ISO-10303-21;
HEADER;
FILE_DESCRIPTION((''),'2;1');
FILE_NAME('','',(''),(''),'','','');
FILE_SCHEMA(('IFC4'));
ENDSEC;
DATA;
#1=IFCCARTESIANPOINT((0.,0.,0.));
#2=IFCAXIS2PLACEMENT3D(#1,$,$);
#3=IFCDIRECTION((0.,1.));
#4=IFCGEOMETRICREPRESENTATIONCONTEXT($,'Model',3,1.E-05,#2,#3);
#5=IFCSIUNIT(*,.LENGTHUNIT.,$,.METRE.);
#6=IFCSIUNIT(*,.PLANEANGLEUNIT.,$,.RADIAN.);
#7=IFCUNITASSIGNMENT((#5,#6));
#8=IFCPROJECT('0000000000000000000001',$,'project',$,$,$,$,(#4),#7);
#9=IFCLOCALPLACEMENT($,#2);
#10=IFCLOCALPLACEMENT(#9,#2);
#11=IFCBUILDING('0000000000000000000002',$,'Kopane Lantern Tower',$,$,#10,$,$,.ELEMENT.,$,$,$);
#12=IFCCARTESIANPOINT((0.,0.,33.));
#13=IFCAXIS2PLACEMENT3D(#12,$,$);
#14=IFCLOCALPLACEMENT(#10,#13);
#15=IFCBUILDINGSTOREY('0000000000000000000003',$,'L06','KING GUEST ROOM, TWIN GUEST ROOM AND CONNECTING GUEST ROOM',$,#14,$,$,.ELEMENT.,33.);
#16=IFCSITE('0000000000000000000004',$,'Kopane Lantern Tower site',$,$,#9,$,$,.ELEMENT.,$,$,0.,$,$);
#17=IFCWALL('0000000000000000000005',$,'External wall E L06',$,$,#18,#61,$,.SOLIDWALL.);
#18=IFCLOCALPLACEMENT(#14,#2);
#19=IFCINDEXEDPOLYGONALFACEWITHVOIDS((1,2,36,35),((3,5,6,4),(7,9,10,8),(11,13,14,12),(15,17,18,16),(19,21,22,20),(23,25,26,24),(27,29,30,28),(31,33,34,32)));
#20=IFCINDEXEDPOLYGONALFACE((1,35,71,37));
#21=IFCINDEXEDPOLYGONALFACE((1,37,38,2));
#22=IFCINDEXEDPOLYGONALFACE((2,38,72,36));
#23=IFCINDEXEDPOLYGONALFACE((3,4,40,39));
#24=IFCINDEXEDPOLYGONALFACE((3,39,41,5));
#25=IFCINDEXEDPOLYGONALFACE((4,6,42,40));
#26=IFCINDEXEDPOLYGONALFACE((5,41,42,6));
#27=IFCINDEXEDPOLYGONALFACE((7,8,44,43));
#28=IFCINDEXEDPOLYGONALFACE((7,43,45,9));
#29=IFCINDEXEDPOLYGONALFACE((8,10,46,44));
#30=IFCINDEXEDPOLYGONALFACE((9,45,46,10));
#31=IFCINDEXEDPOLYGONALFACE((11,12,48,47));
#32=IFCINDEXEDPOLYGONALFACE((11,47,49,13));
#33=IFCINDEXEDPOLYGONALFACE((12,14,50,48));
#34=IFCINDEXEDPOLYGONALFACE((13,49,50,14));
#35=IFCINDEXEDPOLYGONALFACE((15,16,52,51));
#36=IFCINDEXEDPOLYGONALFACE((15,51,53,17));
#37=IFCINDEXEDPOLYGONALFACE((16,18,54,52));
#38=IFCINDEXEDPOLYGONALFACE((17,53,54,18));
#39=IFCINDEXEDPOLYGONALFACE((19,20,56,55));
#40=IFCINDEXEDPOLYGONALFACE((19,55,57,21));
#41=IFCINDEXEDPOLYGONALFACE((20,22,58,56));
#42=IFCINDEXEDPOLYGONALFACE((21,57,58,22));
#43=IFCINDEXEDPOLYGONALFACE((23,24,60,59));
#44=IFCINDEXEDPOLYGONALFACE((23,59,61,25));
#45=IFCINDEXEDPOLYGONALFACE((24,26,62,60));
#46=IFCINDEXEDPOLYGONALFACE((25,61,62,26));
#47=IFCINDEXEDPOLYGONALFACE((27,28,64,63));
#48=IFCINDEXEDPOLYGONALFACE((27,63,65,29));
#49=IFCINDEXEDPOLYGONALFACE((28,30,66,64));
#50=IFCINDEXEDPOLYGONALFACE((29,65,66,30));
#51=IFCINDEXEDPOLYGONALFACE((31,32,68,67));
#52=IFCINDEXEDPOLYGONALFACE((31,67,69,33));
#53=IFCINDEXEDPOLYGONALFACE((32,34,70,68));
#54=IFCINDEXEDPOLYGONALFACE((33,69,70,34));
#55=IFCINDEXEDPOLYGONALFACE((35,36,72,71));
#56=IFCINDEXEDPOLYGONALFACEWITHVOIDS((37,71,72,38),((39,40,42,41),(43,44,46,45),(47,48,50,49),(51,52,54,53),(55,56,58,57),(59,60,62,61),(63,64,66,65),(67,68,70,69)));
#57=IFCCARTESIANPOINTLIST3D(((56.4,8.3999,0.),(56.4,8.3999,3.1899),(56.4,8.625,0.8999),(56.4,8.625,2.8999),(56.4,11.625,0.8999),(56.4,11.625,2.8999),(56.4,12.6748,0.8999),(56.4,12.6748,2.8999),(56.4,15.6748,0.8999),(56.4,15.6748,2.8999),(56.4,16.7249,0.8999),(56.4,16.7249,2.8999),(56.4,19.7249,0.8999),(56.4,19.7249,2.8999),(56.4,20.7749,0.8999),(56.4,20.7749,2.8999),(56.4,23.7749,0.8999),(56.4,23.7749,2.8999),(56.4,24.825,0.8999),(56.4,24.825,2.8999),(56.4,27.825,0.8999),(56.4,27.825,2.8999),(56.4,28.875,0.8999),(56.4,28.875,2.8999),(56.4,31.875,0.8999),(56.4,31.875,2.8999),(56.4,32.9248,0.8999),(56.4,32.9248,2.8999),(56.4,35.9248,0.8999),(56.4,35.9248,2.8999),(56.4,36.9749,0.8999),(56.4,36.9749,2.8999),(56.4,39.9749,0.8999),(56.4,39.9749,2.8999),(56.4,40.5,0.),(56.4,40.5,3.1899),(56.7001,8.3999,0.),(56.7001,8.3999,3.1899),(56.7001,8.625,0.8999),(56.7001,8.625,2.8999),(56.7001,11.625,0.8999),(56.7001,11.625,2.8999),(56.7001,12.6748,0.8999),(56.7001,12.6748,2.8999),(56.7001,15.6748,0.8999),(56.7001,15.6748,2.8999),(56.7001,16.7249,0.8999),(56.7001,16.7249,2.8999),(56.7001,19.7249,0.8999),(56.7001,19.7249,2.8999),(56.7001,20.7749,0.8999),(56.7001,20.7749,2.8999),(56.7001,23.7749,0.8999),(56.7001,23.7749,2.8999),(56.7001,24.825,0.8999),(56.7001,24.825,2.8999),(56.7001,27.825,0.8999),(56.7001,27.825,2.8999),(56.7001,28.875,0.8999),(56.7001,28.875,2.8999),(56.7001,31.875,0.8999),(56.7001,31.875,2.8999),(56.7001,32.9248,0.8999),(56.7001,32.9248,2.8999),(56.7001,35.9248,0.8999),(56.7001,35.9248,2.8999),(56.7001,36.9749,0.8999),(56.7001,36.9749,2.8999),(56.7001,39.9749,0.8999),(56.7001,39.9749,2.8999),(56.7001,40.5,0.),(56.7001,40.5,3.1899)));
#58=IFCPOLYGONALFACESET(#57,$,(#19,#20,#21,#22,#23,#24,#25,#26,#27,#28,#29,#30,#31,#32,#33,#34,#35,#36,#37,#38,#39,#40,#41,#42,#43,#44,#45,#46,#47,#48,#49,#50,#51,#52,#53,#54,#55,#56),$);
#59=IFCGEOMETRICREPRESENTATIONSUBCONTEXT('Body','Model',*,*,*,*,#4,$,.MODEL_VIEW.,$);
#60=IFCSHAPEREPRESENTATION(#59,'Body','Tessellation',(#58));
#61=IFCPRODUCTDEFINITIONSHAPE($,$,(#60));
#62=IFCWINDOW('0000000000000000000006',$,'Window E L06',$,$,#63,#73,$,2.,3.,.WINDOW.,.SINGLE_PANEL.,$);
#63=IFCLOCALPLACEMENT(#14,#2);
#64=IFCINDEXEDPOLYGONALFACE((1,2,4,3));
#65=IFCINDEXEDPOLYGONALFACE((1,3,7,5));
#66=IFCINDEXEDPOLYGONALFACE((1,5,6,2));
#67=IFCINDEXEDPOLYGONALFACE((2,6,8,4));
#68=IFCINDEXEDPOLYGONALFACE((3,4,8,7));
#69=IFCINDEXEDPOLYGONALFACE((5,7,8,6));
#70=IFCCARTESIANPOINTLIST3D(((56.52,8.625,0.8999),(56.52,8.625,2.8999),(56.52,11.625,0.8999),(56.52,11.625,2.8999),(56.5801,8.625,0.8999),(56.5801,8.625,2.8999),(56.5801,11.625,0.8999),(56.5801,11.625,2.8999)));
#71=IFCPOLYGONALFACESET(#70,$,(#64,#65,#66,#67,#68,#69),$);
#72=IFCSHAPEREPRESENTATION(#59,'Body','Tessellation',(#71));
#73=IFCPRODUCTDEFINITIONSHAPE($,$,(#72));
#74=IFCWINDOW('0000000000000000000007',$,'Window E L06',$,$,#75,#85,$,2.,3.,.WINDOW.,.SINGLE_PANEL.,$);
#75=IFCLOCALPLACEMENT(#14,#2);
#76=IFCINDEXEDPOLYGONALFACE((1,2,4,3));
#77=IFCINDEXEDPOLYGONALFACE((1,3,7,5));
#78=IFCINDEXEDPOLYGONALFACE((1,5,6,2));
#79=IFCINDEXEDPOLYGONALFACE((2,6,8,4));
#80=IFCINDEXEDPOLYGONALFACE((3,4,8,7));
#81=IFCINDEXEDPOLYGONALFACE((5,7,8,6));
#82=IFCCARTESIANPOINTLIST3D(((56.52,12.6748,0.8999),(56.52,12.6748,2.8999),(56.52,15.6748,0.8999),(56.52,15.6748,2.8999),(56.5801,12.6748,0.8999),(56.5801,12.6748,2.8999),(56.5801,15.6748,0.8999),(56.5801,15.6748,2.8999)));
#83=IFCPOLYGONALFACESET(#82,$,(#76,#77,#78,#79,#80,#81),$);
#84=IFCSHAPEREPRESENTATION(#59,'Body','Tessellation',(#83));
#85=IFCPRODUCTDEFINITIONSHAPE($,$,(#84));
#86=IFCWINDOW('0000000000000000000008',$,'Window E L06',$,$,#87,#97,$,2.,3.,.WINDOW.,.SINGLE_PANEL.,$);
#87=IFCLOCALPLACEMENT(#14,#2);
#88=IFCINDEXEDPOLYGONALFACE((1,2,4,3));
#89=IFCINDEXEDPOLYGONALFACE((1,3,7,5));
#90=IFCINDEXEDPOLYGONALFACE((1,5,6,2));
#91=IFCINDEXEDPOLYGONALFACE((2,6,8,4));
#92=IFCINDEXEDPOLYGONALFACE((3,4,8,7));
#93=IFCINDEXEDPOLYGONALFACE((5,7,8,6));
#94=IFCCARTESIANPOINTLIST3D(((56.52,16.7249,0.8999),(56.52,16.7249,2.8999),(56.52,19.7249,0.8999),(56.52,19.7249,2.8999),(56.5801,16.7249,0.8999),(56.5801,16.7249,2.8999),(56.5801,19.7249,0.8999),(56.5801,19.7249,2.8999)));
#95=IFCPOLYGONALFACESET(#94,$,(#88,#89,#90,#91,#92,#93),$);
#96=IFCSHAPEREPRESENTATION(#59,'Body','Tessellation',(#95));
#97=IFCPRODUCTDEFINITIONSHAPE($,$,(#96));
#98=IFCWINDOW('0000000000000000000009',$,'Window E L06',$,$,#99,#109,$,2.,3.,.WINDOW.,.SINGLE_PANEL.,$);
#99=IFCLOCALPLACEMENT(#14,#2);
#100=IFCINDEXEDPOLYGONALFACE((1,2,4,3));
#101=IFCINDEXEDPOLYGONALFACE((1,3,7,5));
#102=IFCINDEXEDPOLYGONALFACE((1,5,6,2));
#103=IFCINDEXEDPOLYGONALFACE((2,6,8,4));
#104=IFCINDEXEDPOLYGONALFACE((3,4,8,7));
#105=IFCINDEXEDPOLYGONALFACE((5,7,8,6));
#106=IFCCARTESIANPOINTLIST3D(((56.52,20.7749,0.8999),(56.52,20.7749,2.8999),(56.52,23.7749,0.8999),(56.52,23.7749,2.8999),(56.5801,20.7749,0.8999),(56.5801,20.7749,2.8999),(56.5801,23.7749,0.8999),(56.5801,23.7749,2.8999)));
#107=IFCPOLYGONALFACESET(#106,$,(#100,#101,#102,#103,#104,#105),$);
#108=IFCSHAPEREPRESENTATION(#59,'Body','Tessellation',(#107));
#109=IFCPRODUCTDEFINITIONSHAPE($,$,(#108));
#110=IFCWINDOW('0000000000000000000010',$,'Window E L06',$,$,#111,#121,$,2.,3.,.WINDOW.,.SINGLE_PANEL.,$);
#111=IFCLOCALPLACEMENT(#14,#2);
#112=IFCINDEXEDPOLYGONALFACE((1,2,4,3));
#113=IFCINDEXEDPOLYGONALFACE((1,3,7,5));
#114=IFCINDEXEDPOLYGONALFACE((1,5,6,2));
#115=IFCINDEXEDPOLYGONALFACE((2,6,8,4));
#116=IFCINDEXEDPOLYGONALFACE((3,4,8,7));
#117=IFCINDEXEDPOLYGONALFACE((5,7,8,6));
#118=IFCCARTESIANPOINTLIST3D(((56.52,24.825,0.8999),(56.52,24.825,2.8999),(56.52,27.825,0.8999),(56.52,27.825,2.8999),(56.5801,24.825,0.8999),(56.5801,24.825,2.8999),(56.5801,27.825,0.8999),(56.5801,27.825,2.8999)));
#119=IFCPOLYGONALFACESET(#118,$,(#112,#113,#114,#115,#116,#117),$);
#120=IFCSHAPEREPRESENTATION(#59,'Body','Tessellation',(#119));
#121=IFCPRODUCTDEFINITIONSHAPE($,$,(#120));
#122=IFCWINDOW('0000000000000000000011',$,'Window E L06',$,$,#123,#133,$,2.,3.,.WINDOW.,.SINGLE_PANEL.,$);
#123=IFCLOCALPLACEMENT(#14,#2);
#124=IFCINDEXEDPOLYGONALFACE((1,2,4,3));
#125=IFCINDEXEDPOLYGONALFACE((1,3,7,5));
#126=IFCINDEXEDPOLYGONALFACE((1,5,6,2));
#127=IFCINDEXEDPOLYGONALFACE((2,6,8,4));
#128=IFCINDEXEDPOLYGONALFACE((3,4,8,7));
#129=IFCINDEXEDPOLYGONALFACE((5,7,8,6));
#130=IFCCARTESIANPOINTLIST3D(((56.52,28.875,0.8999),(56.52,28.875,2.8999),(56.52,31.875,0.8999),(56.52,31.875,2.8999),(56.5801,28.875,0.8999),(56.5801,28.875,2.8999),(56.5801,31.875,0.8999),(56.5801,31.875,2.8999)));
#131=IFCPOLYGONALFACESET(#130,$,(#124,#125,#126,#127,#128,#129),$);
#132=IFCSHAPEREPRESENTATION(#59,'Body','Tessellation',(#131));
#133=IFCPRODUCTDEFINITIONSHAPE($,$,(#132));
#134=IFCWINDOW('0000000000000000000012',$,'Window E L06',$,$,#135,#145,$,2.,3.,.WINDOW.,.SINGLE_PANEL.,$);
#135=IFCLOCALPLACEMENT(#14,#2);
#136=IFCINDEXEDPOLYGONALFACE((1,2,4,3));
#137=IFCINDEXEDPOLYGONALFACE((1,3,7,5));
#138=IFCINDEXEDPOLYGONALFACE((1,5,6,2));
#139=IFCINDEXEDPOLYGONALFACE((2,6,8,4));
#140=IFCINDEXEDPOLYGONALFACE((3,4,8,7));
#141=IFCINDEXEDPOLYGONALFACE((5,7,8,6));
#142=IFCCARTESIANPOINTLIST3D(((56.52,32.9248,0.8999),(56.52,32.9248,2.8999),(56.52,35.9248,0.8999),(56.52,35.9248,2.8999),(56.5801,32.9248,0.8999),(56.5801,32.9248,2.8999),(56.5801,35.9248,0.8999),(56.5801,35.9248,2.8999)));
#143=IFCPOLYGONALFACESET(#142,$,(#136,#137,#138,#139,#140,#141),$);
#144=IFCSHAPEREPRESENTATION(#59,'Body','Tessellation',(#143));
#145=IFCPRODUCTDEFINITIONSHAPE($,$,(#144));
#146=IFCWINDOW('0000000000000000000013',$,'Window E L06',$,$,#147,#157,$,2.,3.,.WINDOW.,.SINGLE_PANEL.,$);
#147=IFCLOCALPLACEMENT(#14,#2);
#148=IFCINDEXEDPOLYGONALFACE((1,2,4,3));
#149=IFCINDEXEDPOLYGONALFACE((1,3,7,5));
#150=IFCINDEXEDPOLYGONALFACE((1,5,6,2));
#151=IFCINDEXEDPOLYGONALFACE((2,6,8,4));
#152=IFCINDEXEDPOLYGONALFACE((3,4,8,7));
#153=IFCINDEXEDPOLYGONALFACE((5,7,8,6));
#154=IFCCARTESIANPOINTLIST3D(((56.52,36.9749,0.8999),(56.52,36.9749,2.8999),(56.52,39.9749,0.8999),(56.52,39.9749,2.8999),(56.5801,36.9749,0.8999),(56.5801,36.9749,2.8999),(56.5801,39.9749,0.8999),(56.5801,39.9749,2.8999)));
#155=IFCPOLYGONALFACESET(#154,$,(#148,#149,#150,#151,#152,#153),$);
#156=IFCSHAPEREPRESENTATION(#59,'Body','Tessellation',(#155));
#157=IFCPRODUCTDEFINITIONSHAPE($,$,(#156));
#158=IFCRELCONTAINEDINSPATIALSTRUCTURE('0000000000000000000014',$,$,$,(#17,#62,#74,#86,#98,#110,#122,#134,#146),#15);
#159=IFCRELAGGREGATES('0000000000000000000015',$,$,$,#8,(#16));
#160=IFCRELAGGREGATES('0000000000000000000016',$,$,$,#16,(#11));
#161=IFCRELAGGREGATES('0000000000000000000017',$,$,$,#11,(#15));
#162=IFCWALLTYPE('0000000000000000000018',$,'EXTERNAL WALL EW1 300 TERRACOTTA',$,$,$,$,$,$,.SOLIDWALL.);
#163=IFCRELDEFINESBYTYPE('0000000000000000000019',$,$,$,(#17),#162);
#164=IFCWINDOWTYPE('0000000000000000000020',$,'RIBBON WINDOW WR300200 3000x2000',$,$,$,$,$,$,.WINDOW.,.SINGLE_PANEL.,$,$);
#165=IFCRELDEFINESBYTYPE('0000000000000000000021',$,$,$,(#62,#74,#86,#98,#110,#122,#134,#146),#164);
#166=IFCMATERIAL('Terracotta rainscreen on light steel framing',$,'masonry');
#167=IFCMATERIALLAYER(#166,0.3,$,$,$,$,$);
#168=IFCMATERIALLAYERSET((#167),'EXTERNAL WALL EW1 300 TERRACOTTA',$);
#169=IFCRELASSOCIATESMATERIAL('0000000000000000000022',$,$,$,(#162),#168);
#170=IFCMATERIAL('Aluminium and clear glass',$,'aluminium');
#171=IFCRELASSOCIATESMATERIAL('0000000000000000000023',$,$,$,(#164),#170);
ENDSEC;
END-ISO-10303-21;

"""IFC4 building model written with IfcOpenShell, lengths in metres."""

from ifc_helpers import new_model, si_unit, direction, frame, frame_2d, origin, place, context, subcontext, project, spatial, rectangle, extrude, material, layer, layer_set, type_object, element, fill, save


model = new_model("IFC4")

# Units and contexts
model_context = context("Model", 3, precision=1e-05, world=origin(), true_north=direction((0.0, 1.0)))
body_context = subcontext(model_context, "Body", "Model", "MODEL_VIEW")
ifc_project = project(units=[si_unit("LENGTHUNIT", "METRE"), si_unit("PLANEANGLEUNIT", "RADIAN")], contexts=[model_context])

# Site, building, storey
site_placement = place(None, origin())
site = spatial("IfcSite", under=ifc_project, at=site_placement, Name="Kopane Lantern Tower site", CompositionType="ELEMENT", RefElevation=0.0)
building_placement = place(site_placement, origin())
building = spatial("IfcBuilding", under=site, at=building_placement, Name="Kopane Lantern Tower", CompositionType="ELEMENT")
storey_placement = place(building_placement, frame((0.0, 0.0, 33.0)))
storey = spatial("IfcBuildingStorey", under=building, at=storey_placement, Name="L06", Description="KING GUEST ROOM, TWIN GUEST ROOM AND CONNECTING GUEST ROOM", CompositionType="ELEMENT", Elevation=33.0)

# Shared definitions
ifc_material_1 = material(Name="Terracotta rainscreen on light steel framing", Category="masonry")
ifc_layer = layer(ifc_material_1, 0.3)
ifc_layer_set = layer_set([ifc_layer], Name="EXTERNAL WALL EW1 300 TERRACOTTA")
wall_type = type_object("IfcWallType", Name="EXTERNAL WALL EW1 300 TERRACOTTA", PredefinedType="SOLIDWALL", material=ifc_layer_set)

# Wall, openings, windows
wall_1_placement = place(storey_placement, frame((56.55, 8.3999, 0.0), z_axis=(0.0, 0.0, 1.0), x_axis=(0.0, 1.0, 0.0)))
wall_1 = element("IfcWall", 1, at=wall_1_placement, inside=storey, type_object=wall_type, Name="External wall E L06", PredefinedType="SOLIDWALL", context=body_context, shape_type="SweptSolid", body=[
    extrude(rectangle(XDim=32.1001, YDim=0.3, at=frame_2d((16.05, 0.0))), origin(), (0.0, 0.0, 1.0), 3.1899),
])
opening_1_placement = place(wall_1_placement, frame((0.2251, 0.0, 0.8999)))
opening_1 = element("IfcOpeningElement", 2, at=opening_1_placement, cuts=wall_1, PredefinedType="OPENING", context=body_context, shape_type="SweptSolid", body=[
    extrude(rectangle(XDim=3.0, YDim=2.0, at=frame_2d((1.5, 1.0))), frame((0.0, 0.1599, 0.0), z_axis=(0.0, -1.0, 0.0), x_axis=(1.0, 0.0, 0.0)), (0.0, 0.0, 1.0), 0.3201),
])
opening_2_placement = place(wall_1_placement, frame((4.2749, 0.0, 0.8999)))
opening_2 = element("IfcOpeningElement", 3, at=opening_2_placement, cuts=wall_1, PredefinedType="OPENING", context=body_context, shape_type="SweptSolid", body=[
    extrude(rectangle(XDim=3.0, YDim=2.0, at=frame_2d((1.5, 1.0))), frame((0.0, 0.1599, 0.0), z_axis=(0.0, -1.0, 0.0), x_axis=(1.0, 0.0, 0.0)), (0.0, 0.0, 1.0), 0.3201),
])
opening_3_placement = place(wall_1_placement, frame((8.325, 0.0, 0.8999)))
opening_3 = element("IfcOpeningElement", 4, at=opening_3_placement, cuts=wall_1, PredefinedType="OPENING", context=body_context, shape_type="SweptSolid", body=[
    extrude(rectangle(XDim=3.0, YDim=2.0, at=frame_2d((1.5, 1.0))), frame((0.0, 0.1599, 0.0), z_axis=(0.0, -1.0, 0.0), x_axis=(1.0, 0.0, 0.0)), (0.0, 0.0, 1.0), 0.3201),
])
opening_4_placement = place(wall_1_placement, frame((12.375, 0.0, 0.8999)))
opening_4 = element("IfcOpeningElement", 5, at=opening_4_placement, cuts=wall_1, PredefinedType="OPENING", context=body_context, shape_type="SweptSolid", body=[
    extrude(rectangle(XDim=3.0, YDim=2.0, at=frame_2d((1.5, 1.0))), frame((0.0, 0.1599, 0.0), z_axis=(0.0, -1.0, 0.0), x_axis=(1.0, 0.0, 0.0)), (0.0, 0.0, 1.0), 0.3201),
])
opening_5_placement = place(wall_1_placement, frame((16.425, 0.0, 0.8999)))
opening_5 = element("IfcOpeningElement", 6, at=opening_5_placement, cuts=wall_1, PredefinedType="OPENING", context=body_context, shape_type="SweptSolid", body=[
    extrude(rectangle(XDim=3.0, YDim=2.0, at=frame_2d((1.5, 1.0))), frame((0.0, 0.1599, 0.0), z_axis=(0.0, -1.0, 0.0), x_axis=(1.0, 0.0, 0.0)), (0.0, 0.0, 1.0), 0.3201),
])
opening_6_placement = place(wall_1_placement, frame((20.4751, 0.0, 0.8999)))
opening_6 = element("IfcOpeningElement", 7, at=opening_6_placement, cuts=wall_1, PredefinedType="OPENING", context=body_context, shape_type="SweptSolid", body=[
    extrude(rectangle(XDim=3.0, YDim=2.0, at=frame_2d((1.5, 1.0))), frame((0.0, 0.1599, 0.0), z_axis=(0.0, -1.0, 0.0), x_axis=(1.0, 0.0, 0.0)), (0.0, 0.0, 1.0), 0.3201),
])
opening_7_placement = place(wall_1_placement, frame((24.5249, 0.0, 0.8999)))
opening_7 = element("IfcOpeningElement", 8, at=opening_7_placement, cuts=wall_1, PredefinedType="OPENING", context=body_context, shape_type="SweptSolid", body=[
    extrude(rectangle(XDim=3.0, YDim=2.0, at=frame_2d((1.5, 1.0))), frame((0.0, 0.1599, 0.0), z_axis=(0.0, -1.0, 0.0), x_axis=(1.0, 0.0, 0.0)), (0.0, 0.0, 1.0), 0.3201),
])
opening_8_placement = place(wall_1_placement, frame((28.575, 0.0, 0.8999)))
opening_8 = element("IfcOpeningElement", 9, at=opening_8_placement, cuts=wall_1, PredefinedType="OPENING", context=body_context, shape_type="SweptSolid", body=[
    extrude(rectangle(XDim=3.0, YDim=2.0, at=frame_2d((1.5, 1.0))), frame((0.0, 0.1599, 0.0), z_axis=(0.0, -1.0, 0.0), x_axis=(1.0, 0.0, 0.0)), (0.0, 0.0, 1.0), 0.3201),
])
ifc_material_2 = material(Name="Aluminium and clear glass", Category="aluminium")
window_type_1 = type_object("IfcWindowType", Name="RIBBON WINDOW WR300200 3000x2000", PartitioningType="SINGLE_PANEL", PredefinedType="WINDOW", material=ifc_material_2)
window_1_placement = place(opening_1_placement, origin())
window_1 = element("IfcWindow", 10, at=window_1_placement, inside=storey, type_object=window_type_1, Name="Window E L06", OverallHeight=2.0, OverallWidth=3.0, PartitioningType="SINGLE_PANEL", PredefinedType="WINDOW", context=body_context, shape_type="SweptSolid", body=[
    extrude(rectangle(XDim=3.0, YDim=2.0, at=frame_2d((1.5, 1.0))), frame((0.0, 0.03, 0.0), z_axis=(0.0, -1.0, 0.0), x_axis=(1.0, 0.0, 0.0)), (0.0, 0.0, 1.0), 0.0601),
])
fill(opening_1, window_1)
window_2_placement = place(opening_2_placement, origin())
window_2 = element("IfcWindow", 11, at=window_2_placement, inside=storey, type_object=window_type_1, Name="Window E L06", OverallHeight=2.0, OverallWidth=3.0, PartitioningType="SINGLE_PANEL", PredefinedType="WINDOW", context=body_context, shape_type="SweptSolid", body=[
    extrude(rectangle(XDim=3.0, YDim=2.0, at=frame_2d((1.5, 1.0))), frame((0.0, 0.03, 0.0), z_axis=(0.0, -1.0, 0.0), x_axis=(1.0, 0.0, 0.0)), (0.0, 0.0, 1.0), 0.0601),
])
fill(opening_2, window_2)
window_3_placement = place(opening_3_placement, origin())
window_3 = element("IfcWindow", 12, at=window_3_placement, inside=storey, type_object=window_type_1, Name="Window E L06", OverallHeight=2.0, OverallWidth=3.0, PartitioningType="SINGLE_PANEL", PredefinedType="WINDOW", context=body_context, shape_type="SweptSolid", body=[
    extrude(rectangle(XDim=3.0, YDim=2.0, at=frame_2d((1.5, 1.0))), frame((0.0, 0.03, 0.0), z_axis=(0.0, -1.0, 0.0), x_axis=(1.0, 0.0, 0.0)), (0.0, 0.0, 1.0), 0.0601),
])
fill(opening_3, window_3)
window_4_placement = place(opening_4_placement, origin())
window_4 = element("IfcWindow", 13, at=window_4_placement, inside=storey, type_object=window_type_1, Name="Window E L06", OverallHeight=2.0, OverallWidth=3.0, PartitioningType="SINGLE_PANEL", PredefinedType="WINDOW", context=body_context, shape_type="SweptSolid", body=[
    extrude(rectangle(XDim=3.0, YDim=2.0, at=frame_2d((1.5, 1.0))), frame((0.0, 0.03, 0.0), z_axis=(0.0, -1.0, 0.0), x_axis=(1.0, 0.0, 0.0)), (0.0, 0.0, 1.0), 0.0601),
])
fill(opening_4, window_4)
window_5_placement = place(opening_5_placement, origin())
window_5 = element("IfcWindow", 14, at=window_5_placement, inside=storey, type_object=window_type_1, Name="Window E L06", OverallHeight=2.0, OverallWidth=3.0, PartitioningType="SINGLE_PANEL", PredefinedType="WINDOW", context=body_context, shape_type="SweptSolid", body=[
    extrude(rectangle(XDim=3.0, YDim=2.0, at=frame_2d((1.5, 1.0))), frame((0.0, 0.03, 0.0), z_axis=(0.0, -1.0, 0.0), x_axis=(1.0, 0.0, 0.0)), (0.0, 0.0, 1.0), 0.0601),
])
fill(opening_5, window_5)
window_6_placement = place(opening_6_placement, origin())
window_6 = element("IfcWindow", 15, at=window_6_placement, inside=storey, type_object=window_type_1, Name="Window E L06", OverallHeight=2.0, OverallWidth=3.0, PartitioningType="SINGLE_PANEL", PredefinedType="WINDOW", context=body_context, shape_type="SweptSolid", body=[
    extrude(rectangle(XDim=3.0, YDim=2.0, at=frame_2d((1.5, 1.0))), frame((0.0, 0.03, 0.0), z_axis=(0.0, -1.0, 0.0), x_axis=(1.0, 0.0, 0.0)), (0.0, 0.0, 1.0), 0.0601),
])
fill(opening_6, window_6)
window_7_placement = place(opening_7_placement, origin())
window_7 = element("IfcWindow", 16, at=window_7_placement, inside=storey, type_object=window_type_1, Name="Window E L06", OverallHeight=2.0, OverallWidth=3.0, PartitioningType="SINGLE_PANEL", PredefinedType="WINDOW", context=body_context, shape_type="SweptSolid", body=[
    extrude(rectangle(XDim=3.0, YDim=2.0, at=frame_2d((1.5, 1.0))), frame((0.0, 0.03, 0.0), z_axis=(0.0, -1.0, 0.0), x_axis=(1.0, 0.0, 0.0)), (0.0, 0.0, 1.0), 0.0601),
])
fill(opening_7, window_7)
window_8_placement = place(opening_8_placement, origin())
window_8 = element("IfcWindow", 17, at=window_8_placement, inside=storey, type_object=window_type_1, Name="Window E L06", OverallHeight=2.0, OverallWidth=3.0, PartitioningType="SINGLE_PANEL", PredefinedType="WINDOW", context=body_context, shape_type="SweptSolid", body=[
    extrude(rectangle(XDim=3.0, YDim=2.0, at=frame_2d((1.5, 1.0))), frame((0.0, 0.03, 0.0), z_axis=(0.0, -1.0, 0.0), x_axis=(1.0, 0.0, 0.0)), (0.0, 0.0, 1.0), 0.0601),
])
fill(opening_8, window_8)

save(model, "model.ifc")
